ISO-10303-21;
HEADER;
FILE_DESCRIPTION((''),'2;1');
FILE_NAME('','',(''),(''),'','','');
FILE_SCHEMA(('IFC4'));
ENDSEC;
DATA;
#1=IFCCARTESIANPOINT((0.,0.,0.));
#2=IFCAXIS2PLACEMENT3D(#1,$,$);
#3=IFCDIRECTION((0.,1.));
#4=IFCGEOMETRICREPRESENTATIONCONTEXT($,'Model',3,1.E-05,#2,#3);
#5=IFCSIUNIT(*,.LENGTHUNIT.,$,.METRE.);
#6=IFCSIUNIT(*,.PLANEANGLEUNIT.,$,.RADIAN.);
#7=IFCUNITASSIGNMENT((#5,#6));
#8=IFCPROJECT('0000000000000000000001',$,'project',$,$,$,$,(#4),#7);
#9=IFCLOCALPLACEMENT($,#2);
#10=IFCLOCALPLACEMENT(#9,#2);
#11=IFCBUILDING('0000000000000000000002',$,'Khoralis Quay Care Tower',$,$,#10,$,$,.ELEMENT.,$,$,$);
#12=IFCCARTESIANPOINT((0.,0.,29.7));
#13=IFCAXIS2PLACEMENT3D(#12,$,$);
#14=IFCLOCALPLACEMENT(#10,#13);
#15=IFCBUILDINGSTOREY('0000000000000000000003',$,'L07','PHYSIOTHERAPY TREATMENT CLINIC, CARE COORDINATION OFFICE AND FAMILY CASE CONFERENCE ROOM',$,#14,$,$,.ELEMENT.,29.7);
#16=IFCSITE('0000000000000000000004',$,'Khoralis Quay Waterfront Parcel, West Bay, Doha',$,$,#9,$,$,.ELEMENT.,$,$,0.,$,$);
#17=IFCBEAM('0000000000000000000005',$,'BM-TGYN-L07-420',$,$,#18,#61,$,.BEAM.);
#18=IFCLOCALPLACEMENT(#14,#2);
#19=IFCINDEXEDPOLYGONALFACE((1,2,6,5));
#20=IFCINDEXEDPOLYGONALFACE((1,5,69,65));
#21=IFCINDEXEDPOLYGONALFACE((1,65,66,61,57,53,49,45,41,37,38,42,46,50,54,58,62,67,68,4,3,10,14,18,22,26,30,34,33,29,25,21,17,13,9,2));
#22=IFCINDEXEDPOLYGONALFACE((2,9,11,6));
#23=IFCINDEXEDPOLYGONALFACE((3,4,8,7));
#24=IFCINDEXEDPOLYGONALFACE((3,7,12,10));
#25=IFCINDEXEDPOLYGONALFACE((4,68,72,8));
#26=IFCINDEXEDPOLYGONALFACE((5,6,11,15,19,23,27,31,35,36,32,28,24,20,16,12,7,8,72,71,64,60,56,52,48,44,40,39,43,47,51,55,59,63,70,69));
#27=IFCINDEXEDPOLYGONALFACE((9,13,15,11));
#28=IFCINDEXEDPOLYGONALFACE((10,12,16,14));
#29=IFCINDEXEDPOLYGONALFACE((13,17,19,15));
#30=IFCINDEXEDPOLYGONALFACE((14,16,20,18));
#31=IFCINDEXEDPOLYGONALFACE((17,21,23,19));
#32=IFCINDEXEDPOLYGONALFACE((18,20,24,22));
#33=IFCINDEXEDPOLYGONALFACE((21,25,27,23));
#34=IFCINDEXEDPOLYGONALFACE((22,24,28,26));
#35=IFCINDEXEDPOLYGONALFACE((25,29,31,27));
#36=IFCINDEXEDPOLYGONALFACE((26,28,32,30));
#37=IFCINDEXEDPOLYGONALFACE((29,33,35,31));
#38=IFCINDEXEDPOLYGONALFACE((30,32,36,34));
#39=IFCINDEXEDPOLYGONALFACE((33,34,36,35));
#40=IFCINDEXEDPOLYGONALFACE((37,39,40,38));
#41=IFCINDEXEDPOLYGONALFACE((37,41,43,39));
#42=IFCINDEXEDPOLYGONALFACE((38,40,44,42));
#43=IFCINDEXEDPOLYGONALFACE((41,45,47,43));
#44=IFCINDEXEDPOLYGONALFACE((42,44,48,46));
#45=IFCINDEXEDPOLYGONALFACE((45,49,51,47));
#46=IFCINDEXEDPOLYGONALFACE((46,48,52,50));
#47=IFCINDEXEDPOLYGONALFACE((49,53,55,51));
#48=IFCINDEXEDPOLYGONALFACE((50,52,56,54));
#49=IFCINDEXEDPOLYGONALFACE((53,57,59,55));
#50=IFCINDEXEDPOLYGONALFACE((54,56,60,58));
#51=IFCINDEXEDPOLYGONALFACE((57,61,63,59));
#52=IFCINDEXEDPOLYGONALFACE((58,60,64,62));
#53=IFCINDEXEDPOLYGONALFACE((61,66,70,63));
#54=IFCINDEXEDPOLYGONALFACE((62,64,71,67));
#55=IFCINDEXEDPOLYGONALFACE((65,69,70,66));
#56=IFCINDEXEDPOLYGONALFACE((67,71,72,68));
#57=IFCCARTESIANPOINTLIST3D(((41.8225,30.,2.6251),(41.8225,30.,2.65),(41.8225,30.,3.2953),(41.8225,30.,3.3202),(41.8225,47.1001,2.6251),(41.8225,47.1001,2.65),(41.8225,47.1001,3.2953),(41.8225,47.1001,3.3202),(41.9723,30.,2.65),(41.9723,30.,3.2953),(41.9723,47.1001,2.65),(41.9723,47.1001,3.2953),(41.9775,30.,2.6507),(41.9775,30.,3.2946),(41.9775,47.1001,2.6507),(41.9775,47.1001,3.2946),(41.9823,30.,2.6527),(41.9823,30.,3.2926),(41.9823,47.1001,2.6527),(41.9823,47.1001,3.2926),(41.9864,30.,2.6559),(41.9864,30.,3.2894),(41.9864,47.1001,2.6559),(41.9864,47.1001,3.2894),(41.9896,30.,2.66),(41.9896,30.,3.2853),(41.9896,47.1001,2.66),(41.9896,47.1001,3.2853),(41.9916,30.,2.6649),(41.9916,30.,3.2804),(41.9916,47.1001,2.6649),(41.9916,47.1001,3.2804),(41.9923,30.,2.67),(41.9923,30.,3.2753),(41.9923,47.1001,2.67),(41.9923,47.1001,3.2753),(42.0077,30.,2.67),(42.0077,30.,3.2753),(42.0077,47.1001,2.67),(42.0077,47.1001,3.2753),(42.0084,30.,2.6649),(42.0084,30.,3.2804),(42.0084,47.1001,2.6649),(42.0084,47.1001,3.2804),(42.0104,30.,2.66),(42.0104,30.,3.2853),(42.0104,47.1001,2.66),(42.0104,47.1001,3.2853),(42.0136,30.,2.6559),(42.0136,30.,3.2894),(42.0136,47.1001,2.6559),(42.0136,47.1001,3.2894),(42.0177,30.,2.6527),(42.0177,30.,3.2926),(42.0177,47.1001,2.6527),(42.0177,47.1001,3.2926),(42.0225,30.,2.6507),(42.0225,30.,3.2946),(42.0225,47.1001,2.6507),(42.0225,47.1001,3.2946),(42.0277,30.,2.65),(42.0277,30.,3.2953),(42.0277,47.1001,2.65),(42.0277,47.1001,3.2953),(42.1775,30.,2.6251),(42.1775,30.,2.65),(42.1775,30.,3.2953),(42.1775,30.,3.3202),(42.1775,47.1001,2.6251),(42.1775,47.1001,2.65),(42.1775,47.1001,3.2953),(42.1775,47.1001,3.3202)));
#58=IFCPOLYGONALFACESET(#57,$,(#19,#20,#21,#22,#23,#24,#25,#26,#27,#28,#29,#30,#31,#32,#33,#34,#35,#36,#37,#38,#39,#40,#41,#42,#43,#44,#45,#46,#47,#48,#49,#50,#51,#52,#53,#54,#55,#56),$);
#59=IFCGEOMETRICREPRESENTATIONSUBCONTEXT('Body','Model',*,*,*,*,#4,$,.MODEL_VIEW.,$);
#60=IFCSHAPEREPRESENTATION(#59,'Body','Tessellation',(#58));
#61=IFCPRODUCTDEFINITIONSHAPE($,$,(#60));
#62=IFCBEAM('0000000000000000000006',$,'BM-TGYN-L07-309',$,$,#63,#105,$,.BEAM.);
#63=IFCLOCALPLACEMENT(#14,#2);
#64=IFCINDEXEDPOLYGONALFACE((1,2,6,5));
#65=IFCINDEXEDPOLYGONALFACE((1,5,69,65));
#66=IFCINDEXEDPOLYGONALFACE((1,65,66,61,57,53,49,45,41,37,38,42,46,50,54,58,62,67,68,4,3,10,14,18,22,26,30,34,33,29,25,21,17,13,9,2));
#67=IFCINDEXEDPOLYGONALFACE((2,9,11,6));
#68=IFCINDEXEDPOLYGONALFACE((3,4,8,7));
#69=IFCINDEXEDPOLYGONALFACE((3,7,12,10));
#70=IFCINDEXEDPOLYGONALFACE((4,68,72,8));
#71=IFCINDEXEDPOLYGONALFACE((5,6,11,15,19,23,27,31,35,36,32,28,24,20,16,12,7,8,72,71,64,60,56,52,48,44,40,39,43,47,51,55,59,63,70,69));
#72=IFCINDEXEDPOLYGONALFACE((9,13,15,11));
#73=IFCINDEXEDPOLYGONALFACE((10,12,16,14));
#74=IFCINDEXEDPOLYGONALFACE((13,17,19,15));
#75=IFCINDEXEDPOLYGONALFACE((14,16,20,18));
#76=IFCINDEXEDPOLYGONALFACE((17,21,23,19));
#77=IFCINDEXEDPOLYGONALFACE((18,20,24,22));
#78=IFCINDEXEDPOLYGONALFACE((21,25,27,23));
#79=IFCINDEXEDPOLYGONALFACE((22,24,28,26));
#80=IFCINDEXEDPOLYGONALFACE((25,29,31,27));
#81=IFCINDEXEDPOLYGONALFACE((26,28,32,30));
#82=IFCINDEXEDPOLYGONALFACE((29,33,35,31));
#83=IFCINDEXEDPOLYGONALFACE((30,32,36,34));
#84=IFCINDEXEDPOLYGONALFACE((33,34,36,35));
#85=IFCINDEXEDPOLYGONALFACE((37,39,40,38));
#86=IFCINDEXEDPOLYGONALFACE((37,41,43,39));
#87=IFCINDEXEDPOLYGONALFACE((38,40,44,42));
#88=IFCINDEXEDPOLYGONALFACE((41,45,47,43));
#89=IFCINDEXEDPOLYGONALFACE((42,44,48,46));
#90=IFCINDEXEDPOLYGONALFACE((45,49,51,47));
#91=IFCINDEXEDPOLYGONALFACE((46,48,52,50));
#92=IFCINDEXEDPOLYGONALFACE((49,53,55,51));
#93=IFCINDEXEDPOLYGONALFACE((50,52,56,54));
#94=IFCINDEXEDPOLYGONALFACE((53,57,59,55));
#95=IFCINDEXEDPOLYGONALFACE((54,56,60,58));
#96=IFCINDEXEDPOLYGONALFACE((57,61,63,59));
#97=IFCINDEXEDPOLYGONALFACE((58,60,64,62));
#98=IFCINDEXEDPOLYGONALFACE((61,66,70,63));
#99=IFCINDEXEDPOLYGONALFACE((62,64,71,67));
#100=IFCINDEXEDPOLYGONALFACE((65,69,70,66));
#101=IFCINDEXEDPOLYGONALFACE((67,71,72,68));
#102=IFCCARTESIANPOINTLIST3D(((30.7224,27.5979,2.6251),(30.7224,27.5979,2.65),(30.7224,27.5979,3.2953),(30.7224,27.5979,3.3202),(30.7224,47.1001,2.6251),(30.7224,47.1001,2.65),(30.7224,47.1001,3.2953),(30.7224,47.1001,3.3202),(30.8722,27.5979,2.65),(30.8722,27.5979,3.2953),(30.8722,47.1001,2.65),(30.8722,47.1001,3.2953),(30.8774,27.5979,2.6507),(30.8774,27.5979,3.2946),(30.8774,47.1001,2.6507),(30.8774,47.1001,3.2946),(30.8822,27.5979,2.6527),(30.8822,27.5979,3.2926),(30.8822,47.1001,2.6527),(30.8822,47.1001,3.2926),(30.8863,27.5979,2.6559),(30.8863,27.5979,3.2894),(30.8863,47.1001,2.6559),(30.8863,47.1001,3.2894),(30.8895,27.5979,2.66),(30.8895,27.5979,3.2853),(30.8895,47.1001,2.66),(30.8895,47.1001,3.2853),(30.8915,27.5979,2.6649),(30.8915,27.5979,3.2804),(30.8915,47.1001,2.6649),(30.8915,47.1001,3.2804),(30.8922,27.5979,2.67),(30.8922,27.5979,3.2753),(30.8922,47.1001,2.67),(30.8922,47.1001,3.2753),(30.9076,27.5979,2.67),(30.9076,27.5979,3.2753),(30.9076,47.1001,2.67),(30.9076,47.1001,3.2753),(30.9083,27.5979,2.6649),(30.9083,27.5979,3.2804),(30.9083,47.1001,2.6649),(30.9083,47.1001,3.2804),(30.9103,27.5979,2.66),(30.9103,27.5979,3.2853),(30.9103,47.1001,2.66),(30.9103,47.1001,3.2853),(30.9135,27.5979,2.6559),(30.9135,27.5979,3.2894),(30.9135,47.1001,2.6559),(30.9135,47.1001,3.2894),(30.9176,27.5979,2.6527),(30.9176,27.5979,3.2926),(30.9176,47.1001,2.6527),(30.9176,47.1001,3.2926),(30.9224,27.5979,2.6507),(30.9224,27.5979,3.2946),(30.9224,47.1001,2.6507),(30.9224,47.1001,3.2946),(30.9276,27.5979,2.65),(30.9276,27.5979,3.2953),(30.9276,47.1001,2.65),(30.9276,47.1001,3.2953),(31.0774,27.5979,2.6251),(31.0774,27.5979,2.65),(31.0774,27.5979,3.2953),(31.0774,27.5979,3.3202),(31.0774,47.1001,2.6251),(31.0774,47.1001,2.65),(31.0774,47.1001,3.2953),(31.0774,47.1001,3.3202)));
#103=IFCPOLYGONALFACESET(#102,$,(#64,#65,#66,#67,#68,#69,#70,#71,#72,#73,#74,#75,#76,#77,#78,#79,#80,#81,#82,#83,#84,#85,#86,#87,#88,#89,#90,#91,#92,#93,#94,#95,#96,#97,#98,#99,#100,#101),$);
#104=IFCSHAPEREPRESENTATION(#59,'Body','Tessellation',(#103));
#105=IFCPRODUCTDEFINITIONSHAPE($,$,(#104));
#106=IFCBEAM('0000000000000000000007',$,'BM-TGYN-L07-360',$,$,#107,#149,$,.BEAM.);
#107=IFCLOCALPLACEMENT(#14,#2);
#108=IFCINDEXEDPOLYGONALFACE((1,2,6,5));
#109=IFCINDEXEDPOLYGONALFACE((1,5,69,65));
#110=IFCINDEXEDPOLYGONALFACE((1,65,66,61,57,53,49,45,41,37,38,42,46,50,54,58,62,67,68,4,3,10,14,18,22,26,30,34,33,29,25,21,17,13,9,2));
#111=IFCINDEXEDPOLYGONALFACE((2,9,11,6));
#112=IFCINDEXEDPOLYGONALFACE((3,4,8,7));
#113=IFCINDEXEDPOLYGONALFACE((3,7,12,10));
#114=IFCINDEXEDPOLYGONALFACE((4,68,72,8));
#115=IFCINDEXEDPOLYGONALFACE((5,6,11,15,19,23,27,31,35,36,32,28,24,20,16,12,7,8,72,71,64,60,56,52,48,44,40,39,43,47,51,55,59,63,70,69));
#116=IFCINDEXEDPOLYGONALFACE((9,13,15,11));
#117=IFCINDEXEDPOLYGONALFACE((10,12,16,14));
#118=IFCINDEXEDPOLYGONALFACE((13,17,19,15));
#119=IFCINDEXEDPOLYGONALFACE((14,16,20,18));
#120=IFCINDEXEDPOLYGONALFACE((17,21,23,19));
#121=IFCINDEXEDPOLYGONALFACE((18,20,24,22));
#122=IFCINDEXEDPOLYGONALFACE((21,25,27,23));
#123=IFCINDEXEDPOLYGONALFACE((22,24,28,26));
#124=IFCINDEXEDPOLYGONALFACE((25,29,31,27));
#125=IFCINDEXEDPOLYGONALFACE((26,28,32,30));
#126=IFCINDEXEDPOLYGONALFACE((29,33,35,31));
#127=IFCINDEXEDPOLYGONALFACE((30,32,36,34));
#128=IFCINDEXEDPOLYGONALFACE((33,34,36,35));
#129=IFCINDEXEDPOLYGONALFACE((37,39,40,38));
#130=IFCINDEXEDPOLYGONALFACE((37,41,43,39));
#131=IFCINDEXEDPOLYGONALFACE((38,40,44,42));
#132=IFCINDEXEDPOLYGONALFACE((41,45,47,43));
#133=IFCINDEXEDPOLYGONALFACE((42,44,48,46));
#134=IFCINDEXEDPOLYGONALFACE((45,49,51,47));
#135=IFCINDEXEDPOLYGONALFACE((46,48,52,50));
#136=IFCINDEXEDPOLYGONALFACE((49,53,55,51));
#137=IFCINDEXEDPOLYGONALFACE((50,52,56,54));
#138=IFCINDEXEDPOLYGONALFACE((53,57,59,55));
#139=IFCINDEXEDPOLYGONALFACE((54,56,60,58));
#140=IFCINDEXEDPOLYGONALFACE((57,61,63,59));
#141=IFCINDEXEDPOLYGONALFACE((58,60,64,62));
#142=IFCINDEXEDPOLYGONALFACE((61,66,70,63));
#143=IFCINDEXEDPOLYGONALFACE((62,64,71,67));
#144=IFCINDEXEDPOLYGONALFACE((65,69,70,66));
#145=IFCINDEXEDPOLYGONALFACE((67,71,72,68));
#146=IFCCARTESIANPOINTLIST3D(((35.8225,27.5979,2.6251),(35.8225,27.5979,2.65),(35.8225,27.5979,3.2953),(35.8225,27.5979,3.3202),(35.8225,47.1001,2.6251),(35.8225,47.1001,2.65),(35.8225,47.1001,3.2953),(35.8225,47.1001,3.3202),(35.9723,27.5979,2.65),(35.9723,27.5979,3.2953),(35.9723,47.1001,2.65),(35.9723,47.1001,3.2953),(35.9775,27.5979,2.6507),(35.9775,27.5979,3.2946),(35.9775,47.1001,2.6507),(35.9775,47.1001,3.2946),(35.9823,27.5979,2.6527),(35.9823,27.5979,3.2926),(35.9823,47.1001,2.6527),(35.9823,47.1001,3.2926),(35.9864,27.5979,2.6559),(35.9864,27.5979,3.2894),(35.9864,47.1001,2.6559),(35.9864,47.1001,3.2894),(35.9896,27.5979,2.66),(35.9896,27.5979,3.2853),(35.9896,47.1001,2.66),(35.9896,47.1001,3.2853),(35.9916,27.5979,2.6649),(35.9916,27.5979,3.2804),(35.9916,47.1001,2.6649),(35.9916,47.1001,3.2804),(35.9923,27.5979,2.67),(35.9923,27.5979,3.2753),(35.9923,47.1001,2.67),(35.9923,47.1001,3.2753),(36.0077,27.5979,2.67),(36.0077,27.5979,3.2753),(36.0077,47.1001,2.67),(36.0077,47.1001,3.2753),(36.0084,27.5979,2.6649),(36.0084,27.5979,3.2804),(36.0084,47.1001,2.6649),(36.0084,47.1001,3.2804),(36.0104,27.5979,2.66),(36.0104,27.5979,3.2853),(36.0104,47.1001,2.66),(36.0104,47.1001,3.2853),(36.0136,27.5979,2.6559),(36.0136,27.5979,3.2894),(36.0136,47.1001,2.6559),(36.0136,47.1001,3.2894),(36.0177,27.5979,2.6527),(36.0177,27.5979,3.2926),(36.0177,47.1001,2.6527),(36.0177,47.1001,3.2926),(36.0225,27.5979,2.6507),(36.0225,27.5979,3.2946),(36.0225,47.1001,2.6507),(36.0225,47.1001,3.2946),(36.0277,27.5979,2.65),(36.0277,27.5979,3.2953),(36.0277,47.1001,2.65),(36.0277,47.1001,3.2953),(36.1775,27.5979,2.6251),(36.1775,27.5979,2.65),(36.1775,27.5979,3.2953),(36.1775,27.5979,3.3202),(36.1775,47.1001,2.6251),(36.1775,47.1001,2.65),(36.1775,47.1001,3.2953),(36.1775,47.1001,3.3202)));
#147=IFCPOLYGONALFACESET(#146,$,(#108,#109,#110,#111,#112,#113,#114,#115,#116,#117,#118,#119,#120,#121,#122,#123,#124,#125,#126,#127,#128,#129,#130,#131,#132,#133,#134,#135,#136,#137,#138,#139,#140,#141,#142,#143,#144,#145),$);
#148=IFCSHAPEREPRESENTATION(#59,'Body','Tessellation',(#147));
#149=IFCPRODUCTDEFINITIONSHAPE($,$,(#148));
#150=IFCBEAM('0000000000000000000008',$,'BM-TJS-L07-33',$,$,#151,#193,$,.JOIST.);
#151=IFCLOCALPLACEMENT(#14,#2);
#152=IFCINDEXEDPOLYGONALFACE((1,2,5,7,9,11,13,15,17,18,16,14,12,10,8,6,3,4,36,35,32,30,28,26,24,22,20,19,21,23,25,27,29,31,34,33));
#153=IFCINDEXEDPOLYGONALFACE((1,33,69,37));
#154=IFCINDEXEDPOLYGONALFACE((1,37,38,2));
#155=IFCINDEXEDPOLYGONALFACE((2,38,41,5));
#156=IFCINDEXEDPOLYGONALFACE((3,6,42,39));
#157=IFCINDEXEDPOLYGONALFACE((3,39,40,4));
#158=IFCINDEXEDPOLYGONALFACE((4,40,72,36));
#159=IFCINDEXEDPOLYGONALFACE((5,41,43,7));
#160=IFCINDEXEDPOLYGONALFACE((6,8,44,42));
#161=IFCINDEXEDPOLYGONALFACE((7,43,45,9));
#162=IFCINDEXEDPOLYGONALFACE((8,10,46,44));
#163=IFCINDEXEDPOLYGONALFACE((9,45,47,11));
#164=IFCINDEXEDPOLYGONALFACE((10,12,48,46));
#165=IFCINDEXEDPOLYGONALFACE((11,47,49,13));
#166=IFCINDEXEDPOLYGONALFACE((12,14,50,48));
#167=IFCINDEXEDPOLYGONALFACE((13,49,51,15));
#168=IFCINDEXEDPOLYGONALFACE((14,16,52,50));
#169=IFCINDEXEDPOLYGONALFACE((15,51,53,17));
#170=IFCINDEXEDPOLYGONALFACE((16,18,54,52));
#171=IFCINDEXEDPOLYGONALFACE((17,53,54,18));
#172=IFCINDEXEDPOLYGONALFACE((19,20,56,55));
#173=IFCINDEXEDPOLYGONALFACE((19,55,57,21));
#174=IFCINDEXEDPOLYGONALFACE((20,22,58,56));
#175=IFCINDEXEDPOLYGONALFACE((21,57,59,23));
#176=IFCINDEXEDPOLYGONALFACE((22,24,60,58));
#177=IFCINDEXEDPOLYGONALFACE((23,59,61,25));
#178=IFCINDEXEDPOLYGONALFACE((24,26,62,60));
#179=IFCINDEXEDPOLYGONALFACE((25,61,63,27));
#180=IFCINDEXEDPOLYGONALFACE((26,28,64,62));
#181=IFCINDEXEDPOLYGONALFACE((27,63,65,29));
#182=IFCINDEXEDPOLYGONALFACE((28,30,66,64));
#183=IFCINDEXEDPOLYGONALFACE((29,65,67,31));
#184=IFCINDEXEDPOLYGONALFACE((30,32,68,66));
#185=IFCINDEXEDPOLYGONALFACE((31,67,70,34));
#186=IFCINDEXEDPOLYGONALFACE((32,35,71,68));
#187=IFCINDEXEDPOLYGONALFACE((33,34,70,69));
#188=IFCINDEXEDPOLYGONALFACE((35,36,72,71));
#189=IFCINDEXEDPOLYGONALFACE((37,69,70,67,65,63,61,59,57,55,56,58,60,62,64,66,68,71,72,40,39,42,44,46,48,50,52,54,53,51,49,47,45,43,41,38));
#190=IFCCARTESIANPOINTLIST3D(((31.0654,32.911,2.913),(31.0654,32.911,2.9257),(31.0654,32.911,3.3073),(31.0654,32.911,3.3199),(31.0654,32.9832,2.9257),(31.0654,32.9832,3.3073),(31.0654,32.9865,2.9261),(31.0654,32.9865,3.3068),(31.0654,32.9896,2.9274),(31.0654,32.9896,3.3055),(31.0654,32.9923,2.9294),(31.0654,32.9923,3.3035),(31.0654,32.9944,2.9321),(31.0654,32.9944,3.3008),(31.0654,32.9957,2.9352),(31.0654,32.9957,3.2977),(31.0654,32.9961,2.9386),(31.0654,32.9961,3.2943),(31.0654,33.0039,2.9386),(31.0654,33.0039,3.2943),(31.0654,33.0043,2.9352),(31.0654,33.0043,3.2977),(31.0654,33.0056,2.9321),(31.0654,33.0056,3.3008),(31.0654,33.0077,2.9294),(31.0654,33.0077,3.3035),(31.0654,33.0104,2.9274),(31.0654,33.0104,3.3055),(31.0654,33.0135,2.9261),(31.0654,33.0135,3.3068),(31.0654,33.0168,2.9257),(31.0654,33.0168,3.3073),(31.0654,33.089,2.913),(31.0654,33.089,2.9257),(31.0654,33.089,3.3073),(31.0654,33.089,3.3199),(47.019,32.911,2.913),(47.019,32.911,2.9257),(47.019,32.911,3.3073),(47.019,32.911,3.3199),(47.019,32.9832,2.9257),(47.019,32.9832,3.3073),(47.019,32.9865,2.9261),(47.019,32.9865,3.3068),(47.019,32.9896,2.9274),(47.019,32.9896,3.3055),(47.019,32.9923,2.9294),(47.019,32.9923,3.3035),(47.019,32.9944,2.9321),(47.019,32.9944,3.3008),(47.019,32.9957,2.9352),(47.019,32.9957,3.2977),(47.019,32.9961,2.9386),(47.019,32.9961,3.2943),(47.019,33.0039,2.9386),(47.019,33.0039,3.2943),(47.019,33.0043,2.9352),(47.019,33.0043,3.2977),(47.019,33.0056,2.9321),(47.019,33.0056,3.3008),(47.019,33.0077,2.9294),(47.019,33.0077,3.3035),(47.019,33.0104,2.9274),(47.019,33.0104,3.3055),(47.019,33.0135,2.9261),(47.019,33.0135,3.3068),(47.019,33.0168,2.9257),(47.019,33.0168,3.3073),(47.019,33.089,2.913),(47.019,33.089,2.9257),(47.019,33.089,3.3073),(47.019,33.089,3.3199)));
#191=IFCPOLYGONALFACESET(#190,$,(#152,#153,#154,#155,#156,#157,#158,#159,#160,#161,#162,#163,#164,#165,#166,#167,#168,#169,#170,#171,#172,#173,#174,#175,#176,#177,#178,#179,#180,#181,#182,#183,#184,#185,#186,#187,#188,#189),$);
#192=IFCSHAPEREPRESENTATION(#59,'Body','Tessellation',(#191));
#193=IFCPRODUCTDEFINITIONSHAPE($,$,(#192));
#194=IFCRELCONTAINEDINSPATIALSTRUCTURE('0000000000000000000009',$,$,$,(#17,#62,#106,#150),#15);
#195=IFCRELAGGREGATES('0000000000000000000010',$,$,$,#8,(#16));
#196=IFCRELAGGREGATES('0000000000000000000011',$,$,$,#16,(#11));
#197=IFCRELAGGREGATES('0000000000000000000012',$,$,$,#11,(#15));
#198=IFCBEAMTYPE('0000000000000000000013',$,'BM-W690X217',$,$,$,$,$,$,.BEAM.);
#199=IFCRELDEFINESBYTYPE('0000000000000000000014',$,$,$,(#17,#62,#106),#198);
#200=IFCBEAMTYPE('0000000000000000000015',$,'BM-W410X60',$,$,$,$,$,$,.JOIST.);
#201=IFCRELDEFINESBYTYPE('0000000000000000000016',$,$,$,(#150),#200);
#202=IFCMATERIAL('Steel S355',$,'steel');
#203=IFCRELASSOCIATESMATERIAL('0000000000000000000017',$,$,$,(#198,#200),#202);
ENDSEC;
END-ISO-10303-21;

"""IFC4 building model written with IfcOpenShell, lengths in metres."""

from ifc_helpers import new_model, si_unit, direction, frame, origin, origin_2d, place, context, subcontext, project, spatial, i_section, extrude, source, transform, mapped, material, material_profile, profile_set, type_object, element, save


model = new_model("IFC4")

# Units and contexts
model_context = context("Model", 3, precision=1e-05, world=origin(), true_north=direction((0.0, 1.0)))
body_context = subcontext(model_context, "Body", "Model", "MODEL_VIEW")
ifc_project = project(units=[si_unit("LENGTHUNIT", "METRE"), si_unit("PLANEANGLEUNIT", "RADIAN")], contexts=[model_context])

# Site, building, storey
site_placement = place(None, origin())
site = spatial("IfcSite", under=ifc_project, at=site_placement, Name="Khoralis Quay Waterfront Parcel, West Bay, Doha", CompositionType="ELEMENT", RefElevation=0.0)
building_placement = place(site_placement, origin())
building = spatial("IfcBuilding", under=site, at=building_placement, Name="Khoralis Quay Care Tower", CompositionType="ELEMENT")
storey_placement = place(building_placement, frame((0.0, 0.0, 29.7)))
storey = spatial("IfcBuildingStorey", under=building, at=storey_placement, Name="L07", Description="PHYSIOTHERAPY TREATMENT CLINIC, CARE COORDINATION OFFICE AND FAMILY CASE CONFERENCE ROOM", CompositionType="ELEMENT", Elevation=29.7)

# Beams
ifc_material_1 = material(Name="Steel S355", Category="steel")
ifc_material_profile_1 = material_profile(ifc_material_1, i_section(OverallWidth=0.355, OverallDepth=0.6951, WebThickness=0.0154, FlangeThickness=0.0249, FilletRadius=0.02, at=origin_2d()), Name="Steel S355")
ifc_profile_set_1 = profile_set([ifc_material_profile_1], Name="Steel S355")
beam_type_1 = type_object("IfcBeamType", Name="BM-W690X217", PredefinedType="BEAM", material=ifc_profile_set_1)
shared_shape_1 = source(origin(), body_context, "Body", "SweptSolid", [
    extrude(i_section(OverallWidth=0.355, OverallDepth=0.6951, WebThickness=0.0154, FlangeThickness=0.0249, FilletRadius=0.02, at=origin_2d()), origin(), (0.0, 0.0, 1.0), 17.1001),
])
for number, where, z_axis, x_axis, name in (
    (1, (42.0, 30.0, 2.9727), (0.0, 1.0, 0.0), (-1.0, 0.0, 0.0), "BM-TGYN-L07-420"),
):
    element("IfcBeam", number, at=place(storey_placement, frame(where, z_axis=z_axis, x_axis=x_axis)), inside=storey, type_object=beam_type_1, Name=name, PredefinedType="BEAM", context=body_context, shape_type="MappedRepresentation", body=[
        mapped(shared_shape_1, transform((0.0, 0.0, 0.0), scale=1.0)),
    ])
shared_shape_2 = source(origin(), body_context, "Body", "SweptSolid", [
    extrude(i_section(OverallWidth=0.355, OverallDepth=0.6951, WebThickness=0.0154, FlangeThickness=0.0249, FilletRadius=0.02, at=origin_2d()), origin(), (0.0, 0.0, 1.0), 19.5022),
])
for number, where, z_axis, x_axis, name in (
    (2, (30.8999, 27.5979, 2.9727), (0.0, 1.0, 0.0), (-1.0, 0.0, 0.0), "BM-TGYN-L07-309"),
    (3, (36.0, 27.5979, 2.9727), (0.0, 1.0, 0.0), (-1.0, 0.0, 0.0), "BM-TGYN-L07-360"),
):
    element("IfcBeam", number, at=place(storey_placement, frame(where, z_axis=z_axis, x_axis=x_axis)), inside=storey, type_object=beam_type_1, Name=name, PredefinedType="BEAM", context=body_context, shape_type="MappedRepresentation", body=[
        mapped(shared_shape_2, transform((0.0, 0.0, 0.0), scale=1.0)),
    ])
ifc_material_profile_2 = material_profile(ifc_material_1, i_section(OverallWidth=0.178, OverallDepth=0.407, WebThickness=0.0078, FlangeThickness=0.0127, FilletRadius=0.0129, at=origin_2d()), Name="Steel S355")
ifc_profile_set_2 = profile_set([ifc_material_profile_2], Name="Steel S355")
beam_type_2 = type_object("IfcBeamType", Name="BM-W410X60", PredefinedType="JOIST", material=ifc_profile_set_2)
shared_shape_3 = source(origin(), body_context, "Body", "SweptSolid", [
    extrude(i_section(OverallWidth=0.178, OverallDepth=0.407, WebThickness=0.0078, FlangeThickness=0.0127, FilletRadius=0.0129, at=origin_2d()), origin(), (0.0, 0.0, 1.0), 15.9536),
])
beam_1_placement = place(storey_placement, frame((31.0654, 33.0, 3.1165), z_axis=(1.0, 0.0, 0.0), x_axis=(0.0, 1.0, 0.0)))
element("IfcBeam", 4, at=beam_1_placement, inside=storey, type_object=beam_type_2, Name="BM-TJS-L07-33", PredefinedType="JOIST", context=body_context, shape_type="MappedRepresentation", body=[
    mapped(shared_shape_3, transform((0.0, 0.0, 0.0), scale=1.0)),
])

save(model, "model.ifc")
